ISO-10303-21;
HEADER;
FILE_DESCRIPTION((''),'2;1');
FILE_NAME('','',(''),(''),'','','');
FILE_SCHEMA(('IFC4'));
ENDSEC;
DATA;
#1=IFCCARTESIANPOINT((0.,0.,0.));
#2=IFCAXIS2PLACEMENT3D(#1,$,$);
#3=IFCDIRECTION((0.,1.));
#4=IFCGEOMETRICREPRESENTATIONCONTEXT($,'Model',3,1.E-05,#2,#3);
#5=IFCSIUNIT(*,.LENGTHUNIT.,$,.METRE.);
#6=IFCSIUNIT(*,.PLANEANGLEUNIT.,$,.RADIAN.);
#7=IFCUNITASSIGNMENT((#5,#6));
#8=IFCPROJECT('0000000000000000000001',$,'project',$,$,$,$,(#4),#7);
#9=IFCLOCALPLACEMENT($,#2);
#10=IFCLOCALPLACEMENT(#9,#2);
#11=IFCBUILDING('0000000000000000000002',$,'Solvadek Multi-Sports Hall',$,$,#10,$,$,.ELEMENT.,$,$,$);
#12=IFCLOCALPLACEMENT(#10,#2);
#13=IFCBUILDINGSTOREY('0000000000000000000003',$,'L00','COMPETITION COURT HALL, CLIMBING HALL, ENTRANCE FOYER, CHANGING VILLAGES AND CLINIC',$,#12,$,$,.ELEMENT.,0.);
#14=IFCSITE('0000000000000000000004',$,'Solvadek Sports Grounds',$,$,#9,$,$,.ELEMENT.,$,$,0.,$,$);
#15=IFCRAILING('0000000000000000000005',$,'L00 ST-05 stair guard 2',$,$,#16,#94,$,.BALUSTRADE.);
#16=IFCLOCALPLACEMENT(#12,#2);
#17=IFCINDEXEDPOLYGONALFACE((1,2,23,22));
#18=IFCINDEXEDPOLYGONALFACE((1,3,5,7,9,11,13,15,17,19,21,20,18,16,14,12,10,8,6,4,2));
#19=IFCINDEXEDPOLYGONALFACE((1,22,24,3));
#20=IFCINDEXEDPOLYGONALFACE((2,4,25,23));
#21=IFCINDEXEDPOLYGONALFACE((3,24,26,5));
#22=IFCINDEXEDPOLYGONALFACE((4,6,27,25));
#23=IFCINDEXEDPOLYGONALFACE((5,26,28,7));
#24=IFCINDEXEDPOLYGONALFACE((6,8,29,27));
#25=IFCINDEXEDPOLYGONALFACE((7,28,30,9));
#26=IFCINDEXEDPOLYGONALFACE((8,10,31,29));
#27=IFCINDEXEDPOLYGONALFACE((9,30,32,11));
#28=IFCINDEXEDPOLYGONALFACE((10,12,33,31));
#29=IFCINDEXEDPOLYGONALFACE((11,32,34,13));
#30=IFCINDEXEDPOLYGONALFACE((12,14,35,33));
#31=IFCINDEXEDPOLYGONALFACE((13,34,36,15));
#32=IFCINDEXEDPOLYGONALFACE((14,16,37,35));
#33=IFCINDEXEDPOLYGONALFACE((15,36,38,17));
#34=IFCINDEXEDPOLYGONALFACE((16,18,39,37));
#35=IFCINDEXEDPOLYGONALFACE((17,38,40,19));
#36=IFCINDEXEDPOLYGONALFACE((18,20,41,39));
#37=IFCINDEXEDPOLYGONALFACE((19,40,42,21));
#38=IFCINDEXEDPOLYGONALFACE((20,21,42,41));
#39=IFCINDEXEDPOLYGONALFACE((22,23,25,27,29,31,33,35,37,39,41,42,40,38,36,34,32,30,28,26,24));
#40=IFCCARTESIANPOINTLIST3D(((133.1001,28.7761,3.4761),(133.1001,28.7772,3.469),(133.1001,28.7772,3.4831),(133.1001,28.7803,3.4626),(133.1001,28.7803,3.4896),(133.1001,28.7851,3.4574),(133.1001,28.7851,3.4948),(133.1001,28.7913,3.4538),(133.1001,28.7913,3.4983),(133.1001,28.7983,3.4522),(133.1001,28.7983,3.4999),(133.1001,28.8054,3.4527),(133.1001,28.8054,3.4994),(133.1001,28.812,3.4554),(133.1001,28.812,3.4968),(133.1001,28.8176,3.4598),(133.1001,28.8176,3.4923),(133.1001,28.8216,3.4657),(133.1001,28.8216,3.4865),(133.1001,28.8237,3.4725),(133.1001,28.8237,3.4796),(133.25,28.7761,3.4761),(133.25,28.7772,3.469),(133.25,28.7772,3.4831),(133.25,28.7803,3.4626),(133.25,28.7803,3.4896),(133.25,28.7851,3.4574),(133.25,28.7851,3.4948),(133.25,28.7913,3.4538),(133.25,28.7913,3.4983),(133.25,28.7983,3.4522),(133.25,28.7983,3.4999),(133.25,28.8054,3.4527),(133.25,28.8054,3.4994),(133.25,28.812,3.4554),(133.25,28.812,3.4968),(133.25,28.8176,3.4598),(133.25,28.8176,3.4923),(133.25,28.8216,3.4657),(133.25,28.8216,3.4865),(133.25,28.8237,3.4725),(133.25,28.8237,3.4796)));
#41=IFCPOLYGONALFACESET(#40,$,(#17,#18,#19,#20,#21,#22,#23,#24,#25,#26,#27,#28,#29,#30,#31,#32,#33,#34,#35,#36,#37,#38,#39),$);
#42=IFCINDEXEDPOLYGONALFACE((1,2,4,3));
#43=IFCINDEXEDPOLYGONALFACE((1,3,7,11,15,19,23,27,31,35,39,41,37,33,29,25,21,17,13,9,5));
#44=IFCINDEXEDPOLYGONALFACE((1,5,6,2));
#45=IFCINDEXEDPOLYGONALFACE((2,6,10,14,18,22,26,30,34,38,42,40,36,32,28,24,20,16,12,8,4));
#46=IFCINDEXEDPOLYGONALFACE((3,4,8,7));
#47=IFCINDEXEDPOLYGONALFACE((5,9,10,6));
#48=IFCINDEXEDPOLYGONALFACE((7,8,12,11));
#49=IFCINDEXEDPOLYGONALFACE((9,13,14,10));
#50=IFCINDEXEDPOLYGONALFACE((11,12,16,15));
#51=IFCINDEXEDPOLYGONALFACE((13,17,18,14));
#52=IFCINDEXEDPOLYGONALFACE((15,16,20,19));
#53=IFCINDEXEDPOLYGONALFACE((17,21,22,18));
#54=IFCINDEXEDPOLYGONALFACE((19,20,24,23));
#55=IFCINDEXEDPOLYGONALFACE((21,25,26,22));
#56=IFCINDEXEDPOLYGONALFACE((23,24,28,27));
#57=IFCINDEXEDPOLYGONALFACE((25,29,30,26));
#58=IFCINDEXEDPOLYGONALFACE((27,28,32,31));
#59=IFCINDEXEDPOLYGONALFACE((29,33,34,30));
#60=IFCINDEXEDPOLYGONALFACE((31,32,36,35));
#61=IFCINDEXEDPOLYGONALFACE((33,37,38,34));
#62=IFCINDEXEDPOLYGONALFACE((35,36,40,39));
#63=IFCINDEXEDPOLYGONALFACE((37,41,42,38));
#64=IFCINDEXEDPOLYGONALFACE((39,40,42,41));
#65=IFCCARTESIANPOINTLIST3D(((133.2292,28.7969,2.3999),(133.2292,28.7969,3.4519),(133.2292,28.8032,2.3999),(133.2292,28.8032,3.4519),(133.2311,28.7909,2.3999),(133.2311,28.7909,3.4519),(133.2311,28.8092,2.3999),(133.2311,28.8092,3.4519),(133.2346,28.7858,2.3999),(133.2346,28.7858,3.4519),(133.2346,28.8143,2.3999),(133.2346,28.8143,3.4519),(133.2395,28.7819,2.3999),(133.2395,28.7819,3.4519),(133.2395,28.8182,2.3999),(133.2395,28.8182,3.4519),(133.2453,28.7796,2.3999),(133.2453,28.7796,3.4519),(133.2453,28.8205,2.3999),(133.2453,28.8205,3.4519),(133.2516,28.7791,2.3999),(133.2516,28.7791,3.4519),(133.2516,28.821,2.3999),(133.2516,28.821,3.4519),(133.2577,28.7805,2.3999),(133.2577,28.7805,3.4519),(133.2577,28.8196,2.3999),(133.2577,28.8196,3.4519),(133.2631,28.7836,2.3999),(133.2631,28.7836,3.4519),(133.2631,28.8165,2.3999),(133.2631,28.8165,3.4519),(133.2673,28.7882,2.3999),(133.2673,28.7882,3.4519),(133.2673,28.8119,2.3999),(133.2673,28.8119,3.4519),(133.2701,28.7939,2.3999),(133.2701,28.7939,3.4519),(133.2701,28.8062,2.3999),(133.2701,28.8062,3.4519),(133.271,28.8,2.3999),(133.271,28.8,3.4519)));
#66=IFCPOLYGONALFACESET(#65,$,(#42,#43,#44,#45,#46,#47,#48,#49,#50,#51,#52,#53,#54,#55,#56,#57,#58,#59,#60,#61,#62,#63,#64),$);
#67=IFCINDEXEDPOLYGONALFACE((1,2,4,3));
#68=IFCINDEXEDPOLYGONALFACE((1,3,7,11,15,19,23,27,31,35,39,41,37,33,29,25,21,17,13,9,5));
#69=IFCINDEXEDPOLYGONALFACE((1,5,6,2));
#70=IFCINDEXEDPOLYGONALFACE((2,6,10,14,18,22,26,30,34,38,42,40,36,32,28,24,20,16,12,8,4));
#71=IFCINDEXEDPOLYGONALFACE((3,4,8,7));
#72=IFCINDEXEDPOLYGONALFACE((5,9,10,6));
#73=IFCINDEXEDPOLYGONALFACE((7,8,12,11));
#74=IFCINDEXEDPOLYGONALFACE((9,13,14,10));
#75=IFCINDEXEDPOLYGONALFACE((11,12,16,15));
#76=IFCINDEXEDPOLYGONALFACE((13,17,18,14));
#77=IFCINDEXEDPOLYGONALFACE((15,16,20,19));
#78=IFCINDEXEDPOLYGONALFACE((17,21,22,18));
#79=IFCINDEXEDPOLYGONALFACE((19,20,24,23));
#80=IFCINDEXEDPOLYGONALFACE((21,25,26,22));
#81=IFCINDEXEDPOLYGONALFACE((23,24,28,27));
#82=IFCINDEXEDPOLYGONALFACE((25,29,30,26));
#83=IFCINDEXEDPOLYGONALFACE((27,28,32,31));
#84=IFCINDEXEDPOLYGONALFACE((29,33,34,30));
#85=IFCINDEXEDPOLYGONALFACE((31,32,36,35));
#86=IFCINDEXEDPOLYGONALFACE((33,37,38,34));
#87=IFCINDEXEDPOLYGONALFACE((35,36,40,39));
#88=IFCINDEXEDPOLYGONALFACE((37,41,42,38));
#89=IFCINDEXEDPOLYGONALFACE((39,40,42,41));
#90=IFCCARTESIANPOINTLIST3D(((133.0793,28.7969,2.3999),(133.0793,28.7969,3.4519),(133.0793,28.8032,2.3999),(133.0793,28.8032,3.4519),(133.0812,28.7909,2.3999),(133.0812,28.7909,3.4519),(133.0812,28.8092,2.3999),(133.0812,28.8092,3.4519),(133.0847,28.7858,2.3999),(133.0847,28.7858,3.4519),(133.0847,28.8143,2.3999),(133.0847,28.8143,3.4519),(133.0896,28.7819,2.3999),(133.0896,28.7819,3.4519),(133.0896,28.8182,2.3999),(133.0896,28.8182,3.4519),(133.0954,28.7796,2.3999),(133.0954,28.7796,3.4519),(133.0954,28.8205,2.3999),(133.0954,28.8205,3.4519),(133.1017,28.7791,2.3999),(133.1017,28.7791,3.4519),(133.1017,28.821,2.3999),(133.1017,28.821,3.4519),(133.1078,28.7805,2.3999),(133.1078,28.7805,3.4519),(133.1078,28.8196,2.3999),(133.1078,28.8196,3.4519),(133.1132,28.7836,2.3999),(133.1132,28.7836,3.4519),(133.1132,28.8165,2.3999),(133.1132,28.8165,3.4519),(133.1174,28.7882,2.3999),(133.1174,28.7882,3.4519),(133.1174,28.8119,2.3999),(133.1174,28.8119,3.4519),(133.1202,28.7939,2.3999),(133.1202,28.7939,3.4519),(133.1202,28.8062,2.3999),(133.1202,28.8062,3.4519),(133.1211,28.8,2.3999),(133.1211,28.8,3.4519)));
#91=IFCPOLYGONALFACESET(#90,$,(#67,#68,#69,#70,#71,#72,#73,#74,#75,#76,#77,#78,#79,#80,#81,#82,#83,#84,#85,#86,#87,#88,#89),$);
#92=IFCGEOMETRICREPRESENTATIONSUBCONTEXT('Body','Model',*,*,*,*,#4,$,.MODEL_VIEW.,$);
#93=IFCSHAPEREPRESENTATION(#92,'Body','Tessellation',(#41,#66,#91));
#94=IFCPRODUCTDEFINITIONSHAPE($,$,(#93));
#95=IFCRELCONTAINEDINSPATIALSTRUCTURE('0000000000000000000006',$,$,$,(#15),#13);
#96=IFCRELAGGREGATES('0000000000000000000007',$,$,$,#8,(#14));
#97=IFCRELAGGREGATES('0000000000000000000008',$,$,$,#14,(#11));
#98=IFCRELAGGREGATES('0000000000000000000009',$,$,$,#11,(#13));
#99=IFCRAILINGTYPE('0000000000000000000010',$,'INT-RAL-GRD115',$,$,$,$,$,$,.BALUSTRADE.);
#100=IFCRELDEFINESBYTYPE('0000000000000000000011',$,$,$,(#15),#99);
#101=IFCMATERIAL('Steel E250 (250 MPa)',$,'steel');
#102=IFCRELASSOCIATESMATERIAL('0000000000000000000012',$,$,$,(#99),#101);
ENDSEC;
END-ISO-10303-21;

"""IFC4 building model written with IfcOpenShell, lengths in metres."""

from ifc_helpers import new_model, si_unit, direction, frame, origin, origin_2d, place, context, subcontext, project, spatial, circle, extrude, material, type_object, element, save


model = new_model("IFC4")

# Units and contexts
model_context = context("Model", 3, precision=1e-05, world=origin(), true_north=direction((0.0, 1.0)))
body_context = subcontext(model_context, "Body", "Model", "MODEL_VIEW")
ifc_project = project(units=[si_unit("LENGTHUNIT", "METRE"), si_unit("PLANEANGLEUNIT", "RADIAN")], contexts=[model_context])

# Site, building, storey
site_placement = place(None, origin())
site = spatial("IfcSite", under=ifc_project, at=site_placement, Name="Solvadek Sports Grounds", CompositionType="ELEMENT", RefElevation=0.0)
building_placement = place(site_placement, origin())
building = spatial("IfcBuilding", under=site, at=building_placement, Name="Solvadek Multi-Sports Hall", CompositionType="ELEMENT")
storey_placement = place(building_placement, origin())
storey = spatial("IfcBuildingStorey", under=building, at=storey_placement, Name="L00", Description="COMPETITION COURT HALL, CLIMBING HALL, ENTRANCE FOYER, CHANGING VILLAGES AND CLINIC", CompositionType="ELEMENT", Elevation=0.0)

# Shared definitions
ifc_material_1 = material(Name="Steel E250 (250 MPa)", Category="steel")

# Railing
railing_type_1 = type_object("IfcRailingType", Name="INT-RAL-GRD115", PredefinedType="BALUSTRADE", material=ifc_material_1)
railing_1_placement = place(storey_placement, frame((133.25, 28.8, 2.3999)))
element("IfcRailing", 1, at=railing_1_placement, inside=storey, type_object=railing_type_1, Name="L00 ST-05 stair guard 2", PredefinedType="BALUSTRADE", context=body_context, shape_type="SweptSolid", body=[
    extrude(circle(Radius=0.0239, at=origin_2d()), frame((0.0, 0.0, 1.0762), z_axis=(-1.0, 0.0, 0.0), x_axis=(0.0, -1.0, 0.0)), (0.0, 0.0, 1.0), 0.1499),
    extrude(circle(Radius=0.021, at=origin_2d()), origin(), (0.0, 0.0, 1.0), 1.052),
    extrude(circle(Radius=0.021, at=origin_2d()), frame((-0.1499, 0.0, 0.0)), (0.0, 0.0, 1.0), 1.052),
])

save(model, "model.ifc")
